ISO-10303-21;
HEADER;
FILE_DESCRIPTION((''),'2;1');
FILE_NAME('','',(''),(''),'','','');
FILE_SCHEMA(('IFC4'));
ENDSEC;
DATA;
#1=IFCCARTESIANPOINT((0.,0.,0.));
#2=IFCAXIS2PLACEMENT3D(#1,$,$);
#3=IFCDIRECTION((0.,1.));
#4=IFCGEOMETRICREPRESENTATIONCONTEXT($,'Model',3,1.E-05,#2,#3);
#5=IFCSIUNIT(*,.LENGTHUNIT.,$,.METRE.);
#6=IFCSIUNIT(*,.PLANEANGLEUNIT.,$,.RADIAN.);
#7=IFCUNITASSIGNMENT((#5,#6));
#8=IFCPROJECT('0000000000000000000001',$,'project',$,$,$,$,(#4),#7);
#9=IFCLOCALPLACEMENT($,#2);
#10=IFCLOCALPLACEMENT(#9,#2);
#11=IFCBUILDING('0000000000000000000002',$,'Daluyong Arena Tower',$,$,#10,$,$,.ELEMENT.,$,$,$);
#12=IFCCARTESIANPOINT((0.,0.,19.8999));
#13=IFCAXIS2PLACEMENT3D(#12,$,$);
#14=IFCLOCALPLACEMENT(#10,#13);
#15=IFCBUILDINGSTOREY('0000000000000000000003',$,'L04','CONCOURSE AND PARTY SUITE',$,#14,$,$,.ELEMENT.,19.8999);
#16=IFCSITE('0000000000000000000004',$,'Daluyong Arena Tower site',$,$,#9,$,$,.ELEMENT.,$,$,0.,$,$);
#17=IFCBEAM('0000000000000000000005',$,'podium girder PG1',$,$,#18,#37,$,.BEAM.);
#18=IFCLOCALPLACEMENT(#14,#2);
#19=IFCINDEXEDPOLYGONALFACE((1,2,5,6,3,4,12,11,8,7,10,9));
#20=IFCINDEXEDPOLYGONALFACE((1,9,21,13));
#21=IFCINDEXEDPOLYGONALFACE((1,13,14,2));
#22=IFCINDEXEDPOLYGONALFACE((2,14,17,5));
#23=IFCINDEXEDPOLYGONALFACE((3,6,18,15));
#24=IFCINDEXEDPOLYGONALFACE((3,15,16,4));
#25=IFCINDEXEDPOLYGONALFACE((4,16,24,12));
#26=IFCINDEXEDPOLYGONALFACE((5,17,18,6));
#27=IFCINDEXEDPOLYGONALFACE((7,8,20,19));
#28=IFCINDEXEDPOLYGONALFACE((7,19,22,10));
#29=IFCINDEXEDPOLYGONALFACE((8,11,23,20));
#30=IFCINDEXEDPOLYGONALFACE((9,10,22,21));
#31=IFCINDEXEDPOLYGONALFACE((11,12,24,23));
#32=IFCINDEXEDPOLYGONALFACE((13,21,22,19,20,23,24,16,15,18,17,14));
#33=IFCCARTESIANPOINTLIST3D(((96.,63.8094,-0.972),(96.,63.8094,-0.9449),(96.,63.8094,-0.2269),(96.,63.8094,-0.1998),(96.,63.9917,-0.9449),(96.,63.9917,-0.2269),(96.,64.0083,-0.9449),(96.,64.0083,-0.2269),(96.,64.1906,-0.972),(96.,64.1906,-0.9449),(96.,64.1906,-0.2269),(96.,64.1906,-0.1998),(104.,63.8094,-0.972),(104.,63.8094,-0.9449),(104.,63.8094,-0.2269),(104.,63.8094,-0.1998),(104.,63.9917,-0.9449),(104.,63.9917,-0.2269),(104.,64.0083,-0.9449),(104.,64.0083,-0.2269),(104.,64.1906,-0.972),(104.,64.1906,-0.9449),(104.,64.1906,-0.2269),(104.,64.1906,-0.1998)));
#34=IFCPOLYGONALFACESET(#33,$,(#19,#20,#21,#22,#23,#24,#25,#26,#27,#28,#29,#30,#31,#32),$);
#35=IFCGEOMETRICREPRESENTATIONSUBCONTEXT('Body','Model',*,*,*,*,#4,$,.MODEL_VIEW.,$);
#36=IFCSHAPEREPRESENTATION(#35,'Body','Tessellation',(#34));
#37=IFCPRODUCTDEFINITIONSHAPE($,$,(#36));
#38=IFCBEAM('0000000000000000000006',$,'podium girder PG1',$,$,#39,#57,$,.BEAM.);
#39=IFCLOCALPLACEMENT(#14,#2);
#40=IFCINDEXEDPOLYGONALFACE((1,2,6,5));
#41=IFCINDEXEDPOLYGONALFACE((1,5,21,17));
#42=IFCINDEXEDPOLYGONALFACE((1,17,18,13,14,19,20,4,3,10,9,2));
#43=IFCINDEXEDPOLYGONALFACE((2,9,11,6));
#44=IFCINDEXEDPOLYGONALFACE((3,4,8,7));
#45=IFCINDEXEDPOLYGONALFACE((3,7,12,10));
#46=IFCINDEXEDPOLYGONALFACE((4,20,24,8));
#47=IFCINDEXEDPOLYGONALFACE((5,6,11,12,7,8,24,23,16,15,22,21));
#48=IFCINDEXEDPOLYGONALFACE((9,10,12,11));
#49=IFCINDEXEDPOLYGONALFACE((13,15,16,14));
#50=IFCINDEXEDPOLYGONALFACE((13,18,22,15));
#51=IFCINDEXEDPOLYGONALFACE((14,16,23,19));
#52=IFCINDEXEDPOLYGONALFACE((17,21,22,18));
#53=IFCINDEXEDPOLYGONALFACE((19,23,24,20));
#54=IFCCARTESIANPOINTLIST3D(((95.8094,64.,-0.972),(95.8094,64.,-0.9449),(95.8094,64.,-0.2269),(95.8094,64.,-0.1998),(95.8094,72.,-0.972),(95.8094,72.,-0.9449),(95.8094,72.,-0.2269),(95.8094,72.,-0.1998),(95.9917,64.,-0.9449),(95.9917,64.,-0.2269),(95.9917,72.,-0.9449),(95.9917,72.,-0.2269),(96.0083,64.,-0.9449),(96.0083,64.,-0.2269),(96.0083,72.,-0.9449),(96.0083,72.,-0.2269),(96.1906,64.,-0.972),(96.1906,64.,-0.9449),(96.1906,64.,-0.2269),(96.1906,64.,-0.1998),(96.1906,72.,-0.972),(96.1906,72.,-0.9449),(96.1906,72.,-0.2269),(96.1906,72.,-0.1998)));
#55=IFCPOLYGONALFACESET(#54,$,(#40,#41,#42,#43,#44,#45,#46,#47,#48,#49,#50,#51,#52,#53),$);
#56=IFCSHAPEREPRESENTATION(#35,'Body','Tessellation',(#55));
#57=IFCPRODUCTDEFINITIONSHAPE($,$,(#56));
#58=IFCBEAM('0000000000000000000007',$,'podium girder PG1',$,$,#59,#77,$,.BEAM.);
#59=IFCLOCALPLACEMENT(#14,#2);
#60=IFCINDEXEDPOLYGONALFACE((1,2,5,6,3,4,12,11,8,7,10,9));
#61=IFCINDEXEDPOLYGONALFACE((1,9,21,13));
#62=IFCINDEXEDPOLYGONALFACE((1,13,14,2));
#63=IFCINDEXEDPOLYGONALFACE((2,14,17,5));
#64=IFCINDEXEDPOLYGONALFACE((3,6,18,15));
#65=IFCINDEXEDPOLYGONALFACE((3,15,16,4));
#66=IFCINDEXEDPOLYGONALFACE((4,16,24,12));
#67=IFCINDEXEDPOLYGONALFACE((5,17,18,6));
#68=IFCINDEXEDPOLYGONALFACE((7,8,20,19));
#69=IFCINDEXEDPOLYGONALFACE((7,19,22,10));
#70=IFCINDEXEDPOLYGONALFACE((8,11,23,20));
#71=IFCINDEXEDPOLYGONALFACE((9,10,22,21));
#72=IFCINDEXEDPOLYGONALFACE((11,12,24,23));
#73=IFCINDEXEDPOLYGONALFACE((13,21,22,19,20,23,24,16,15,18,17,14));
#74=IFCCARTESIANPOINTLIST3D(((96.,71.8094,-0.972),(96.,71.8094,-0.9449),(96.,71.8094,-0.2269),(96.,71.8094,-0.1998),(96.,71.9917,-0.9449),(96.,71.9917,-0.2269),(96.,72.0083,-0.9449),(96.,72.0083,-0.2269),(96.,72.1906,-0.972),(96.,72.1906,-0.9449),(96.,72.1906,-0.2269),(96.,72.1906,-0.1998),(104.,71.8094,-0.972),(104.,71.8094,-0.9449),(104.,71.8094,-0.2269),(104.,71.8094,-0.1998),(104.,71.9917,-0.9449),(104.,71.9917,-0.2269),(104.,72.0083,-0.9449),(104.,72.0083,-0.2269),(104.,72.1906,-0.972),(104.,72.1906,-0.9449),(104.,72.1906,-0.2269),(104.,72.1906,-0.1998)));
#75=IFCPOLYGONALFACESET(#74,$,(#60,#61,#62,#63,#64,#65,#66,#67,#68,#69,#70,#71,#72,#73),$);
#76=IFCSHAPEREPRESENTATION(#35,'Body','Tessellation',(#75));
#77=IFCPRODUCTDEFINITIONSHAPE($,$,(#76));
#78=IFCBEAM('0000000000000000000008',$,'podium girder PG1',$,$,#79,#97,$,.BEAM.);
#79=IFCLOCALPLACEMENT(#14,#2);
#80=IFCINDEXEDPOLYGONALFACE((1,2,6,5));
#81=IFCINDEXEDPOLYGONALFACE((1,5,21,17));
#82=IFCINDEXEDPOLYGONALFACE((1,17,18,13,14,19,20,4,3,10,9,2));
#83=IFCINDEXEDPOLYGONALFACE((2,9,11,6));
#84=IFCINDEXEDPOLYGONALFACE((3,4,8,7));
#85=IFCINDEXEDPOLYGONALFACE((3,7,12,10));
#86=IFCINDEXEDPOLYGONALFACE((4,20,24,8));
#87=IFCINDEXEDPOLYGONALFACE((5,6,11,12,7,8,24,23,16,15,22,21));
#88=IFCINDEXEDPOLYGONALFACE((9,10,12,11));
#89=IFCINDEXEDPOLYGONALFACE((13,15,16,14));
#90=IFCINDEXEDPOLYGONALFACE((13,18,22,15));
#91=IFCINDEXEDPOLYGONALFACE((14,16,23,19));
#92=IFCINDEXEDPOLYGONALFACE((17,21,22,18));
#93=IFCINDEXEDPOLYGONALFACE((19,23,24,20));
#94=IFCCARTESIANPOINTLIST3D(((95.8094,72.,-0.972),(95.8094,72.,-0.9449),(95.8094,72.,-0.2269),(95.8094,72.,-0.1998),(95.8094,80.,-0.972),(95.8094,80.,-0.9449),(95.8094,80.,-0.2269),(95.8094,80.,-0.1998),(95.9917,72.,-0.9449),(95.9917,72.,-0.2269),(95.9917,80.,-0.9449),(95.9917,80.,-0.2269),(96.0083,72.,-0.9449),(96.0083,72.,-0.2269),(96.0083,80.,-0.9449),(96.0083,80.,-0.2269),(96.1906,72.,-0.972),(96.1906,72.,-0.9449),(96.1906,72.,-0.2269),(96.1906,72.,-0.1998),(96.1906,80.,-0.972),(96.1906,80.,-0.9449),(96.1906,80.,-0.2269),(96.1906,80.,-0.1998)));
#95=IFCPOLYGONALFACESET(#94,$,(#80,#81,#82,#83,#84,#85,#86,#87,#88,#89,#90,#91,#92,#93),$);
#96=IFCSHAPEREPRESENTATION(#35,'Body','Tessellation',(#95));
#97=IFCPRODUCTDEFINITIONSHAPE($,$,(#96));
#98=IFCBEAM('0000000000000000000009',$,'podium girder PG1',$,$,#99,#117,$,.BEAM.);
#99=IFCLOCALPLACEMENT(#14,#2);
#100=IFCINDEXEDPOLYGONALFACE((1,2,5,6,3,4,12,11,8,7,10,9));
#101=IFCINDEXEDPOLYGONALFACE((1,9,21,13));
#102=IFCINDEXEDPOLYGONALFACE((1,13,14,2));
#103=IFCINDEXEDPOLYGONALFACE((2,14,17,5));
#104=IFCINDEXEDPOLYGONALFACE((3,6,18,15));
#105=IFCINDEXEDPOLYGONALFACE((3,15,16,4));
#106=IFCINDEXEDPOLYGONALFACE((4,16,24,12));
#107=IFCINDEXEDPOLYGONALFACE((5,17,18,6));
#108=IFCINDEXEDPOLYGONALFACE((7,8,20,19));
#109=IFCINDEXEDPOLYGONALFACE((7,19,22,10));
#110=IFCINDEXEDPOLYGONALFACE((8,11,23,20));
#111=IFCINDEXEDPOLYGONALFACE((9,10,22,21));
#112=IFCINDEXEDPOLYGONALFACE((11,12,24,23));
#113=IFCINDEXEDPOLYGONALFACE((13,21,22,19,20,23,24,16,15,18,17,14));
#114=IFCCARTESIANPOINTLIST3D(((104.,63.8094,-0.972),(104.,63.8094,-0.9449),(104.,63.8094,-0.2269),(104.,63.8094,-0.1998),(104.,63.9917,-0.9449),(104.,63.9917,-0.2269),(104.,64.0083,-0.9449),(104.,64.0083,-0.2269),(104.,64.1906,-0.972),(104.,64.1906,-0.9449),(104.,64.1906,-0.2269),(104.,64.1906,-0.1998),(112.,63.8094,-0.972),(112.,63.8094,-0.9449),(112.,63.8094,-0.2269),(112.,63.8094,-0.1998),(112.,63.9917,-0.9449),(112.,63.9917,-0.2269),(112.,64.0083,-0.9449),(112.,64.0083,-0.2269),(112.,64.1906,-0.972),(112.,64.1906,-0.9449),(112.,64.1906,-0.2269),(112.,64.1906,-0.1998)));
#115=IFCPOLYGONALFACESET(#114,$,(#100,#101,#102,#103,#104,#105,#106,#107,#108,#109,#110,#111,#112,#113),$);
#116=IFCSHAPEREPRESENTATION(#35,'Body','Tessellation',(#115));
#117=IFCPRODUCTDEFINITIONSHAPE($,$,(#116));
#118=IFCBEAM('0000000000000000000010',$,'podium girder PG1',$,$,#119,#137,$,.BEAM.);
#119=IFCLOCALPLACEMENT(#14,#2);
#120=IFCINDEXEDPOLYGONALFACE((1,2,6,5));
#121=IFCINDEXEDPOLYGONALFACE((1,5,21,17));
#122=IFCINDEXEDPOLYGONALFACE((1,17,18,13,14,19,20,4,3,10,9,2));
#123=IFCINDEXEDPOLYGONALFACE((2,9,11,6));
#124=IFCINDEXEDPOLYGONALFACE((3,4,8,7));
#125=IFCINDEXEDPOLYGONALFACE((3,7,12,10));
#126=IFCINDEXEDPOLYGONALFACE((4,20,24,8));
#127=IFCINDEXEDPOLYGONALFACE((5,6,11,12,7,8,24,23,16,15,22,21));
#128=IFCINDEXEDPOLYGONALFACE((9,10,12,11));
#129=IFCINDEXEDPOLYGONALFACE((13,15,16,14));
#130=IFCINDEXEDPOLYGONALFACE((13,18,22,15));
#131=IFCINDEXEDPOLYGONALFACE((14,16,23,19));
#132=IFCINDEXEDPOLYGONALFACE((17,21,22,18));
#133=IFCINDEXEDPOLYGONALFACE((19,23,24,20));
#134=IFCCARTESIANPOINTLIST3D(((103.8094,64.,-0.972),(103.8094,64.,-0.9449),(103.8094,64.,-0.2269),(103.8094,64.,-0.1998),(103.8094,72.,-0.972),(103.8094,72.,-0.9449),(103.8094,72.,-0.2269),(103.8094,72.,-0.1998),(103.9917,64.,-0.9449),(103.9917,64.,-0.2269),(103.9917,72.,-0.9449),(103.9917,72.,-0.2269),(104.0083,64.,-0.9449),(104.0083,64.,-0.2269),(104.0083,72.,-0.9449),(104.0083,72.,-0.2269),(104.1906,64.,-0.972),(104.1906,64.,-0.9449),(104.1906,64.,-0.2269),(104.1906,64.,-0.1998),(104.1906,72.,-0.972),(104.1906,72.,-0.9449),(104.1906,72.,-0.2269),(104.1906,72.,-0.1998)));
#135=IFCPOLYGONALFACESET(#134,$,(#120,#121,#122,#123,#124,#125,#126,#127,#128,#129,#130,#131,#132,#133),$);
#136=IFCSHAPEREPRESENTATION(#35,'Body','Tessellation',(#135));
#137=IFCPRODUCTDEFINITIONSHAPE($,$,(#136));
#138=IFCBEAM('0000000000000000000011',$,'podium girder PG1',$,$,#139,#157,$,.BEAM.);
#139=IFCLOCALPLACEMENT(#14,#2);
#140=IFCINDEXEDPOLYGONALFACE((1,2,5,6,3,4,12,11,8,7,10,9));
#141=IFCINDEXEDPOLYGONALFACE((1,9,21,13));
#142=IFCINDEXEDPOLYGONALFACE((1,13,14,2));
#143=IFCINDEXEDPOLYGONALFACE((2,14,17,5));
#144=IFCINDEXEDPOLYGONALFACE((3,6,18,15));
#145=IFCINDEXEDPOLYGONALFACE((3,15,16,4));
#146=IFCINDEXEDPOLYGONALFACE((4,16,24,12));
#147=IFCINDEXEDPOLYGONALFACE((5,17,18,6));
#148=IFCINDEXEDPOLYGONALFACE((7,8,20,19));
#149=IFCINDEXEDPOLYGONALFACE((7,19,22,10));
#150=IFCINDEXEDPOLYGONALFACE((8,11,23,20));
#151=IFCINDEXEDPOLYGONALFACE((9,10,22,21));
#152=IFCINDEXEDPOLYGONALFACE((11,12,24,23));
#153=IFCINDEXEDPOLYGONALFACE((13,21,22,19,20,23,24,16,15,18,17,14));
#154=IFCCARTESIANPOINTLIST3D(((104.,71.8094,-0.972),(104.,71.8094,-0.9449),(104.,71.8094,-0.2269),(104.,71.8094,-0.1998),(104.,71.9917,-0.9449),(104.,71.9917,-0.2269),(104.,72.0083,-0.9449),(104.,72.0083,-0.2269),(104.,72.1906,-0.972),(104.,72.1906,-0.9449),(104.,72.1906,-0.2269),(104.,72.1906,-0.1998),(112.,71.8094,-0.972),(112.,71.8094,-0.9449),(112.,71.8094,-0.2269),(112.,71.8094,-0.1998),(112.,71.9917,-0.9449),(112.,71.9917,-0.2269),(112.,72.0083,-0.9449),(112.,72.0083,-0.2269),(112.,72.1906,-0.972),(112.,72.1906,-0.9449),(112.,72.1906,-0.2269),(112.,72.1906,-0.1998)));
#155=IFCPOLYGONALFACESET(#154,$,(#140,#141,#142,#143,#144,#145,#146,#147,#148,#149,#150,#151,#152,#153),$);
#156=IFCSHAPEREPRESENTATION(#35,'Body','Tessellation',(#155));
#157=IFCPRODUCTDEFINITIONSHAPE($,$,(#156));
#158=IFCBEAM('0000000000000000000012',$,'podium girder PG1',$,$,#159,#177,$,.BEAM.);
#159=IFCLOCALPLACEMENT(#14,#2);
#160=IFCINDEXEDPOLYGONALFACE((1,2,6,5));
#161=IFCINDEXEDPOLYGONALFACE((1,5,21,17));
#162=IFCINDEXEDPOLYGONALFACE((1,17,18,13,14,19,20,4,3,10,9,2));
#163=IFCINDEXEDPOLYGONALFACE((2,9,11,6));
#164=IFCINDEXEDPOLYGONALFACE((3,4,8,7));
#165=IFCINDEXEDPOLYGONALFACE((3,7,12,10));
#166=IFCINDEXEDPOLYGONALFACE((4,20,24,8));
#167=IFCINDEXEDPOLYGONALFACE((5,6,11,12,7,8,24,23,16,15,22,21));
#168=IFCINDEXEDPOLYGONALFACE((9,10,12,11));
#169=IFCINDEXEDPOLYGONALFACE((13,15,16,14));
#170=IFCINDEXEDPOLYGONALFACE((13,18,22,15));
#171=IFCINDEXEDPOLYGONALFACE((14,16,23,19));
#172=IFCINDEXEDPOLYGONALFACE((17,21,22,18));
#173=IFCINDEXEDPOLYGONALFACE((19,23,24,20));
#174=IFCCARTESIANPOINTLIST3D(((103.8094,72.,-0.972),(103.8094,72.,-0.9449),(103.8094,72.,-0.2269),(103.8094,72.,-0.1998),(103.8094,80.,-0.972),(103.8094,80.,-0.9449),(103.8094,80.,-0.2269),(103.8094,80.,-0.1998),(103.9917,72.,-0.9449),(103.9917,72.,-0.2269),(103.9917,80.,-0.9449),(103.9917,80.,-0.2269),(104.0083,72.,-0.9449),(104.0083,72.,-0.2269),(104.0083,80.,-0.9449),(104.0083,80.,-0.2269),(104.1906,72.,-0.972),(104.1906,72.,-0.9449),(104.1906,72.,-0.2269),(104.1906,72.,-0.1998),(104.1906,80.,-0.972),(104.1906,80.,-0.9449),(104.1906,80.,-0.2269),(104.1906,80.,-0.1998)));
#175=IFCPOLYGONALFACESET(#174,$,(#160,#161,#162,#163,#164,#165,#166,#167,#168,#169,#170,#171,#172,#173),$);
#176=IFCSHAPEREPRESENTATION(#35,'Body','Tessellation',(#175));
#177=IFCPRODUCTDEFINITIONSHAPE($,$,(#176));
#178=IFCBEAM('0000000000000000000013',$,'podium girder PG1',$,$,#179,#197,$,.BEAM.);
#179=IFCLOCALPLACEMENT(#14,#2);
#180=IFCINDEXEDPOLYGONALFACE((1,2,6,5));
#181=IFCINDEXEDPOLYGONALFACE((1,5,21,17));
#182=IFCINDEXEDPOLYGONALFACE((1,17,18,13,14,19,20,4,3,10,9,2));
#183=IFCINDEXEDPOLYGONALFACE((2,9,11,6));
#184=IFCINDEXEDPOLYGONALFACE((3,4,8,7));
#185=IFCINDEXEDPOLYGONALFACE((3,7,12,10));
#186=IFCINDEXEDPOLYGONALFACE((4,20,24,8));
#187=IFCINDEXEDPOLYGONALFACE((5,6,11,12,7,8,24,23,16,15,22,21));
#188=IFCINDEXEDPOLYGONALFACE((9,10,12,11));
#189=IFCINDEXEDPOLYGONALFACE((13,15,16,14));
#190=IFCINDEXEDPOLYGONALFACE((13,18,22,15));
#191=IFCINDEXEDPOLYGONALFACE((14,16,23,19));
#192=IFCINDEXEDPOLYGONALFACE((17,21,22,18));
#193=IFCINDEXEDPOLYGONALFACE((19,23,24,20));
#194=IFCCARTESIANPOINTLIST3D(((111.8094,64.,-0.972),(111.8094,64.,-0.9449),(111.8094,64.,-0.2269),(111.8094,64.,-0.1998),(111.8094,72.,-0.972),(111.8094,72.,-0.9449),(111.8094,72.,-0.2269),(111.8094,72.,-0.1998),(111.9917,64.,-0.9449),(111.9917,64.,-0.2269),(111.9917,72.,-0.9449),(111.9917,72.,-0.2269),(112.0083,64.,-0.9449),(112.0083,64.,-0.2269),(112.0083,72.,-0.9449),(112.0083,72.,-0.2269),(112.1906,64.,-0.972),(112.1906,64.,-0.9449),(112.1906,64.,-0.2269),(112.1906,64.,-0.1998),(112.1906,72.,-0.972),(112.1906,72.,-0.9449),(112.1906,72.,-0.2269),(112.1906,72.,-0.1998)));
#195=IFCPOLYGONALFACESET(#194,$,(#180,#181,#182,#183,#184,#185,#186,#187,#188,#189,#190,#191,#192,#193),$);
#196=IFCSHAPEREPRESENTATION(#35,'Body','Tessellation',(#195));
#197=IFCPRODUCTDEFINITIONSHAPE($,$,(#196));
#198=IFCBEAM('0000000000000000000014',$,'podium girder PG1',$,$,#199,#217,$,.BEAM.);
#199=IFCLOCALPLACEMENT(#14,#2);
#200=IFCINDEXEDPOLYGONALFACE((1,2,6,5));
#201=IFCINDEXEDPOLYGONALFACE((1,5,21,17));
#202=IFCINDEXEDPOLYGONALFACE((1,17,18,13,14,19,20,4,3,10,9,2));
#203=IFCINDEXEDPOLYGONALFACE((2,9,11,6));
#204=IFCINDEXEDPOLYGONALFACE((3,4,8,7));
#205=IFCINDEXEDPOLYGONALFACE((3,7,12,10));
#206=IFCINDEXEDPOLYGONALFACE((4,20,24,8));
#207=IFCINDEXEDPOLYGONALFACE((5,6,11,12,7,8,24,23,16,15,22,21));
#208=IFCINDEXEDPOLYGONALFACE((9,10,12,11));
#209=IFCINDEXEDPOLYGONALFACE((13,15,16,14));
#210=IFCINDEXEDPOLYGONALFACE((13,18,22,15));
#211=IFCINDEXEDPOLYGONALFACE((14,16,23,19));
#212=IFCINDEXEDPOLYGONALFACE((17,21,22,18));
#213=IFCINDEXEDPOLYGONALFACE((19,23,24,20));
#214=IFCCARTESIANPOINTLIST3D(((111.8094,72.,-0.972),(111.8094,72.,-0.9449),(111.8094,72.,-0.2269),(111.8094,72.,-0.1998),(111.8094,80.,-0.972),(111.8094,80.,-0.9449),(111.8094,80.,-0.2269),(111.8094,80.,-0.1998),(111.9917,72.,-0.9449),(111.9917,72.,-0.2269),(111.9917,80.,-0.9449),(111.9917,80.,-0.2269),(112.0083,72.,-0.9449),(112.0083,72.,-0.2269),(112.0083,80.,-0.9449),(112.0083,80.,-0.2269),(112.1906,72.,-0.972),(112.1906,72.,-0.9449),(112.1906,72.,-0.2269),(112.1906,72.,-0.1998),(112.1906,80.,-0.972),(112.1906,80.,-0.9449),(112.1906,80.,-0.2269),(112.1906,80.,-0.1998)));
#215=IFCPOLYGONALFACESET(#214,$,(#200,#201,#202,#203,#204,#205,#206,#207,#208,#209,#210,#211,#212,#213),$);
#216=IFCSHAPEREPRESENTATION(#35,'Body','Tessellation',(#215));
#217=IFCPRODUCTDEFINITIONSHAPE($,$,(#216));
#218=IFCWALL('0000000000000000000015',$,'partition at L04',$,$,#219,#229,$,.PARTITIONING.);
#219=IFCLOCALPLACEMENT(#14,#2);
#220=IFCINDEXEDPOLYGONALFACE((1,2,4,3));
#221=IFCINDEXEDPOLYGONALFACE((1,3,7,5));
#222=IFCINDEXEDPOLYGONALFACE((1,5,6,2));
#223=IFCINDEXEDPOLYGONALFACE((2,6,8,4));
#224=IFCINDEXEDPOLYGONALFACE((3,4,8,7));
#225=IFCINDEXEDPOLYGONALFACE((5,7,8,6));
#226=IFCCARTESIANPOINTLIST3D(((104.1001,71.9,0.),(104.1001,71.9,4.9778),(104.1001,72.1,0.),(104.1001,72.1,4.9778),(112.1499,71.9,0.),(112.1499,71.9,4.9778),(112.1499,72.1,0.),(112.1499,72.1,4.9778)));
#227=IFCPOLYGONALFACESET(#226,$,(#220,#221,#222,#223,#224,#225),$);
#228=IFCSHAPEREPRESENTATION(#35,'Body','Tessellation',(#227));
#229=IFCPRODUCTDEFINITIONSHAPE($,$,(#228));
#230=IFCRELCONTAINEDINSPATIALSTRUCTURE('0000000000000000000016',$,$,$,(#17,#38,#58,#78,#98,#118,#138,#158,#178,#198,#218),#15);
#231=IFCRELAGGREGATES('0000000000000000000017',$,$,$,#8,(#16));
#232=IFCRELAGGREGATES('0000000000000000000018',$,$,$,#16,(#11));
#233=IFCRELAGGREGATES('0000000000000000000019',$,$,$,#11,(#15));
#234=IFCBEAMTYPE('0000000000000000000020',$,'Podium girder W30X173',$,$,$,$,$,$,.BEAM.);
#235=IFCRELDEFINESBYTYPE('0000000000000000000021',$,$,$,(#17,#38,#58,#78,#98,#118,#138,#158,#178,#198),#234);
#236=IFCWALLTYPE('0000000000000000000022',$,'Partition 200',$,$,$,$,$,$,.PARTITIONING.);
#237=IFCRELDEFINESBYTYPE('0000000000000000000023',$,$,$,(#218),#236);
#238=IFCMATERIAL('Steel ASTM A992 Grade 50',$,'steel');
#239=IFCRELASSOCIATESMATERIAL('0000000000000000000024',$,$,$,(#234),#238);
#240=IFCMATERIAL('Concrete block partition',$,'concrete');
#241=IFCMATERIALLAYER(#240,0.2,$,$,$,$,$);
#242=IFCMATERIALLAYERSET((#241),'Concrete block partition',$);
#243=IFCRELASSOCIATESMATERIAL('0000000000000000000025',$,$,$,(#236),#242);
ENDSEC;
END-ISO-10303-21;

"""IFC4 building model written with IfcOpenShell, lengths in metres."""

from ifc_helpers import new_model, si_unit, direction, frame, frame_2d, origin, origin_2d, place, context, subcontext, project, spatial, rectangle, i_section, extrude, material, layer, layer_set, material_profile, profile_set, type_object, element, save


model = new_model("IFC4")

# Units and contexts
model_context = context("Model", 3, precision=1e-05, world=origin(), true_north=direction((0.0, 1.0)))
body_context = subcontext(model_context, "Body", "Model", "MODEL_VIEW")
ifc_project = project(units=[si_unit("LENGTHUNIT", "METRE"), si_unit("PLANEANGLEUNIT", "RADIAN")], contexts=[model_context])

# Site, building, storey
site_placement = place(None, origin())
site = spatial("IfcSite", under=ifc_project, at=site_placement, Name="Daluyong Arena Tower site", CompositionType="ELEMENT", RefElevation=0.0)
building_placement = place(site_placement, origin())
building = spatial("IfcBuilding", under=site, at=building_placement, Name="Daluyong Arena Tower", CompositionType="ELEMENT")
storey_placement = place(building_placement, frame((0.0, 0.0, 19.8999)))
storey = spatial("IfcBuildingStorey", under=building, at=storey_placement, Name="L04", Description="CONCOURSE AND PARTY SUITE", CompositionType="ELEMENT", Elevation=19.8999)

# Beams
ifc_material_1 = material(Name="Steel ASTM A992 Grade 50", Category="steel")
ifc_material_profile_1 = material_profile(ifc_material_1, i_section(OverallWidth=0.3811, OverallDepth=0.7722, WebThickness=0.0166, FlangeThickness=0.0271, at=origin_2d()))
ifc_profile_set_1 = profile_set([ifc_material_profile_1], Name="Steel ASTM A992 Grade 50")
beam_type_1 = type_object("IfcBeamType", Name="Podium girder W30X173", PredefinedType="BEAM", material=ifc_profile_set_1)
for number, where, z_axis, x_axis, name in (
    (1, (96.0, 64.0, -0.5859), (1.0, 0.0, 0.0), (0.0, 1.0, 0.0), "podium girder PG1"),
    (2, (96.0, 64.0, -0.5859), (0.0, 1.0, 0.0), (-1.0, 0.0, 0.0), "podium girder PG1"),
    (3, (96.0, 72.0, -0.5859), (1.0, 0.0, 0.0), (0.0, 1.0, 0.0), "podium girder PG1"),
    (4, (96.0, 72.0, -0.5859), (0.0, 1.0, 0.0), (-1.0, 0.0, 0.0), "podium girder PG1"),
    (5, (104.0, 64.0, -0.5859), (1.0, 0.0, 0.0), (0.0, 1.0, 0.0), "podium girder PG1"),
    (6, (104.0, 64.0, -0.5859), (0.0, 1.0, 0.0), (-1.0, 0.0, 0.0), "podium girder PG1"),
    (7, (104.0, 72.0, -0.5859), (1.0, 0.0, 0.0), (0.0, 1.0, 0.0), "podium girder PG1"),
    (8, (104.0, 72.0, -0.5859), (0.0, 1.0, 0.0), (-1.0, 0.0, 0.0), "podium girder PG1"),
    (9, (112.0, 64.0, -0.5859), (0.0, 1.0, 0.0), (-1.0, 0.0, 0.0), "podium girder PG1"),
    (10, (112.0, 72.0, -0.5859), (0.0, 1.0, 0.0), (-1.0, 0.0, 0.0), "podium girder PG1"),
):
    element("IfcBeam", number, at=place(storey_placement, frame(where, z_axis=z_axis, x_axis=x_axis)), inside=storey, type_object=beam_type_1, Name=name, PredefinedType="BEAM", context=body_context, shape_type="SweptSolid", body=[
        extrude(i_section(OverallWidth=0.3811, OverallDepth=0.7722, WebThickness=0.0166, FlangeThickness=0.0271, at=origin_2d()), origin(), (0.0, 0.0, 1.0), 8.0),
    ])

# Wall
ifc_material_2 = material(Name="Concrete block partition", Category="concrete")
ifc_layer_1 = layer(ifc_material_2, 0.2)
ifc_layer_set_1 = layer_set([ifc_layer_1], Name="Concrete block partition")
wall_type_1 = type_object("IfcWallType", Name="Partition 200", PredefinedType="PARTITIONING", material=ifc_layer_set_1)
wall_1_placement = place(storey_placement, frame((104.1001, 72.0, 0.0), z_axis=(0.0, 0.0, 1.0), x_axis=(1.0, 0.0, 0.0)))
element("IfcWall", 11, at=wall_1_placement, inside=storey, type_object=wall_type_1, Name="partition at L04", PredefinedType="PARTITIONING", context=body_context, shape_type="SweptSolid", body=[
    extrude(rectangle(XDim=8.0498, YDim=0.2, at=frame_2d((4.0249, 0.0))), origin(), (0.0, 0.0, 1.0), 4.9778),
])

save(model, "model.ifc")
